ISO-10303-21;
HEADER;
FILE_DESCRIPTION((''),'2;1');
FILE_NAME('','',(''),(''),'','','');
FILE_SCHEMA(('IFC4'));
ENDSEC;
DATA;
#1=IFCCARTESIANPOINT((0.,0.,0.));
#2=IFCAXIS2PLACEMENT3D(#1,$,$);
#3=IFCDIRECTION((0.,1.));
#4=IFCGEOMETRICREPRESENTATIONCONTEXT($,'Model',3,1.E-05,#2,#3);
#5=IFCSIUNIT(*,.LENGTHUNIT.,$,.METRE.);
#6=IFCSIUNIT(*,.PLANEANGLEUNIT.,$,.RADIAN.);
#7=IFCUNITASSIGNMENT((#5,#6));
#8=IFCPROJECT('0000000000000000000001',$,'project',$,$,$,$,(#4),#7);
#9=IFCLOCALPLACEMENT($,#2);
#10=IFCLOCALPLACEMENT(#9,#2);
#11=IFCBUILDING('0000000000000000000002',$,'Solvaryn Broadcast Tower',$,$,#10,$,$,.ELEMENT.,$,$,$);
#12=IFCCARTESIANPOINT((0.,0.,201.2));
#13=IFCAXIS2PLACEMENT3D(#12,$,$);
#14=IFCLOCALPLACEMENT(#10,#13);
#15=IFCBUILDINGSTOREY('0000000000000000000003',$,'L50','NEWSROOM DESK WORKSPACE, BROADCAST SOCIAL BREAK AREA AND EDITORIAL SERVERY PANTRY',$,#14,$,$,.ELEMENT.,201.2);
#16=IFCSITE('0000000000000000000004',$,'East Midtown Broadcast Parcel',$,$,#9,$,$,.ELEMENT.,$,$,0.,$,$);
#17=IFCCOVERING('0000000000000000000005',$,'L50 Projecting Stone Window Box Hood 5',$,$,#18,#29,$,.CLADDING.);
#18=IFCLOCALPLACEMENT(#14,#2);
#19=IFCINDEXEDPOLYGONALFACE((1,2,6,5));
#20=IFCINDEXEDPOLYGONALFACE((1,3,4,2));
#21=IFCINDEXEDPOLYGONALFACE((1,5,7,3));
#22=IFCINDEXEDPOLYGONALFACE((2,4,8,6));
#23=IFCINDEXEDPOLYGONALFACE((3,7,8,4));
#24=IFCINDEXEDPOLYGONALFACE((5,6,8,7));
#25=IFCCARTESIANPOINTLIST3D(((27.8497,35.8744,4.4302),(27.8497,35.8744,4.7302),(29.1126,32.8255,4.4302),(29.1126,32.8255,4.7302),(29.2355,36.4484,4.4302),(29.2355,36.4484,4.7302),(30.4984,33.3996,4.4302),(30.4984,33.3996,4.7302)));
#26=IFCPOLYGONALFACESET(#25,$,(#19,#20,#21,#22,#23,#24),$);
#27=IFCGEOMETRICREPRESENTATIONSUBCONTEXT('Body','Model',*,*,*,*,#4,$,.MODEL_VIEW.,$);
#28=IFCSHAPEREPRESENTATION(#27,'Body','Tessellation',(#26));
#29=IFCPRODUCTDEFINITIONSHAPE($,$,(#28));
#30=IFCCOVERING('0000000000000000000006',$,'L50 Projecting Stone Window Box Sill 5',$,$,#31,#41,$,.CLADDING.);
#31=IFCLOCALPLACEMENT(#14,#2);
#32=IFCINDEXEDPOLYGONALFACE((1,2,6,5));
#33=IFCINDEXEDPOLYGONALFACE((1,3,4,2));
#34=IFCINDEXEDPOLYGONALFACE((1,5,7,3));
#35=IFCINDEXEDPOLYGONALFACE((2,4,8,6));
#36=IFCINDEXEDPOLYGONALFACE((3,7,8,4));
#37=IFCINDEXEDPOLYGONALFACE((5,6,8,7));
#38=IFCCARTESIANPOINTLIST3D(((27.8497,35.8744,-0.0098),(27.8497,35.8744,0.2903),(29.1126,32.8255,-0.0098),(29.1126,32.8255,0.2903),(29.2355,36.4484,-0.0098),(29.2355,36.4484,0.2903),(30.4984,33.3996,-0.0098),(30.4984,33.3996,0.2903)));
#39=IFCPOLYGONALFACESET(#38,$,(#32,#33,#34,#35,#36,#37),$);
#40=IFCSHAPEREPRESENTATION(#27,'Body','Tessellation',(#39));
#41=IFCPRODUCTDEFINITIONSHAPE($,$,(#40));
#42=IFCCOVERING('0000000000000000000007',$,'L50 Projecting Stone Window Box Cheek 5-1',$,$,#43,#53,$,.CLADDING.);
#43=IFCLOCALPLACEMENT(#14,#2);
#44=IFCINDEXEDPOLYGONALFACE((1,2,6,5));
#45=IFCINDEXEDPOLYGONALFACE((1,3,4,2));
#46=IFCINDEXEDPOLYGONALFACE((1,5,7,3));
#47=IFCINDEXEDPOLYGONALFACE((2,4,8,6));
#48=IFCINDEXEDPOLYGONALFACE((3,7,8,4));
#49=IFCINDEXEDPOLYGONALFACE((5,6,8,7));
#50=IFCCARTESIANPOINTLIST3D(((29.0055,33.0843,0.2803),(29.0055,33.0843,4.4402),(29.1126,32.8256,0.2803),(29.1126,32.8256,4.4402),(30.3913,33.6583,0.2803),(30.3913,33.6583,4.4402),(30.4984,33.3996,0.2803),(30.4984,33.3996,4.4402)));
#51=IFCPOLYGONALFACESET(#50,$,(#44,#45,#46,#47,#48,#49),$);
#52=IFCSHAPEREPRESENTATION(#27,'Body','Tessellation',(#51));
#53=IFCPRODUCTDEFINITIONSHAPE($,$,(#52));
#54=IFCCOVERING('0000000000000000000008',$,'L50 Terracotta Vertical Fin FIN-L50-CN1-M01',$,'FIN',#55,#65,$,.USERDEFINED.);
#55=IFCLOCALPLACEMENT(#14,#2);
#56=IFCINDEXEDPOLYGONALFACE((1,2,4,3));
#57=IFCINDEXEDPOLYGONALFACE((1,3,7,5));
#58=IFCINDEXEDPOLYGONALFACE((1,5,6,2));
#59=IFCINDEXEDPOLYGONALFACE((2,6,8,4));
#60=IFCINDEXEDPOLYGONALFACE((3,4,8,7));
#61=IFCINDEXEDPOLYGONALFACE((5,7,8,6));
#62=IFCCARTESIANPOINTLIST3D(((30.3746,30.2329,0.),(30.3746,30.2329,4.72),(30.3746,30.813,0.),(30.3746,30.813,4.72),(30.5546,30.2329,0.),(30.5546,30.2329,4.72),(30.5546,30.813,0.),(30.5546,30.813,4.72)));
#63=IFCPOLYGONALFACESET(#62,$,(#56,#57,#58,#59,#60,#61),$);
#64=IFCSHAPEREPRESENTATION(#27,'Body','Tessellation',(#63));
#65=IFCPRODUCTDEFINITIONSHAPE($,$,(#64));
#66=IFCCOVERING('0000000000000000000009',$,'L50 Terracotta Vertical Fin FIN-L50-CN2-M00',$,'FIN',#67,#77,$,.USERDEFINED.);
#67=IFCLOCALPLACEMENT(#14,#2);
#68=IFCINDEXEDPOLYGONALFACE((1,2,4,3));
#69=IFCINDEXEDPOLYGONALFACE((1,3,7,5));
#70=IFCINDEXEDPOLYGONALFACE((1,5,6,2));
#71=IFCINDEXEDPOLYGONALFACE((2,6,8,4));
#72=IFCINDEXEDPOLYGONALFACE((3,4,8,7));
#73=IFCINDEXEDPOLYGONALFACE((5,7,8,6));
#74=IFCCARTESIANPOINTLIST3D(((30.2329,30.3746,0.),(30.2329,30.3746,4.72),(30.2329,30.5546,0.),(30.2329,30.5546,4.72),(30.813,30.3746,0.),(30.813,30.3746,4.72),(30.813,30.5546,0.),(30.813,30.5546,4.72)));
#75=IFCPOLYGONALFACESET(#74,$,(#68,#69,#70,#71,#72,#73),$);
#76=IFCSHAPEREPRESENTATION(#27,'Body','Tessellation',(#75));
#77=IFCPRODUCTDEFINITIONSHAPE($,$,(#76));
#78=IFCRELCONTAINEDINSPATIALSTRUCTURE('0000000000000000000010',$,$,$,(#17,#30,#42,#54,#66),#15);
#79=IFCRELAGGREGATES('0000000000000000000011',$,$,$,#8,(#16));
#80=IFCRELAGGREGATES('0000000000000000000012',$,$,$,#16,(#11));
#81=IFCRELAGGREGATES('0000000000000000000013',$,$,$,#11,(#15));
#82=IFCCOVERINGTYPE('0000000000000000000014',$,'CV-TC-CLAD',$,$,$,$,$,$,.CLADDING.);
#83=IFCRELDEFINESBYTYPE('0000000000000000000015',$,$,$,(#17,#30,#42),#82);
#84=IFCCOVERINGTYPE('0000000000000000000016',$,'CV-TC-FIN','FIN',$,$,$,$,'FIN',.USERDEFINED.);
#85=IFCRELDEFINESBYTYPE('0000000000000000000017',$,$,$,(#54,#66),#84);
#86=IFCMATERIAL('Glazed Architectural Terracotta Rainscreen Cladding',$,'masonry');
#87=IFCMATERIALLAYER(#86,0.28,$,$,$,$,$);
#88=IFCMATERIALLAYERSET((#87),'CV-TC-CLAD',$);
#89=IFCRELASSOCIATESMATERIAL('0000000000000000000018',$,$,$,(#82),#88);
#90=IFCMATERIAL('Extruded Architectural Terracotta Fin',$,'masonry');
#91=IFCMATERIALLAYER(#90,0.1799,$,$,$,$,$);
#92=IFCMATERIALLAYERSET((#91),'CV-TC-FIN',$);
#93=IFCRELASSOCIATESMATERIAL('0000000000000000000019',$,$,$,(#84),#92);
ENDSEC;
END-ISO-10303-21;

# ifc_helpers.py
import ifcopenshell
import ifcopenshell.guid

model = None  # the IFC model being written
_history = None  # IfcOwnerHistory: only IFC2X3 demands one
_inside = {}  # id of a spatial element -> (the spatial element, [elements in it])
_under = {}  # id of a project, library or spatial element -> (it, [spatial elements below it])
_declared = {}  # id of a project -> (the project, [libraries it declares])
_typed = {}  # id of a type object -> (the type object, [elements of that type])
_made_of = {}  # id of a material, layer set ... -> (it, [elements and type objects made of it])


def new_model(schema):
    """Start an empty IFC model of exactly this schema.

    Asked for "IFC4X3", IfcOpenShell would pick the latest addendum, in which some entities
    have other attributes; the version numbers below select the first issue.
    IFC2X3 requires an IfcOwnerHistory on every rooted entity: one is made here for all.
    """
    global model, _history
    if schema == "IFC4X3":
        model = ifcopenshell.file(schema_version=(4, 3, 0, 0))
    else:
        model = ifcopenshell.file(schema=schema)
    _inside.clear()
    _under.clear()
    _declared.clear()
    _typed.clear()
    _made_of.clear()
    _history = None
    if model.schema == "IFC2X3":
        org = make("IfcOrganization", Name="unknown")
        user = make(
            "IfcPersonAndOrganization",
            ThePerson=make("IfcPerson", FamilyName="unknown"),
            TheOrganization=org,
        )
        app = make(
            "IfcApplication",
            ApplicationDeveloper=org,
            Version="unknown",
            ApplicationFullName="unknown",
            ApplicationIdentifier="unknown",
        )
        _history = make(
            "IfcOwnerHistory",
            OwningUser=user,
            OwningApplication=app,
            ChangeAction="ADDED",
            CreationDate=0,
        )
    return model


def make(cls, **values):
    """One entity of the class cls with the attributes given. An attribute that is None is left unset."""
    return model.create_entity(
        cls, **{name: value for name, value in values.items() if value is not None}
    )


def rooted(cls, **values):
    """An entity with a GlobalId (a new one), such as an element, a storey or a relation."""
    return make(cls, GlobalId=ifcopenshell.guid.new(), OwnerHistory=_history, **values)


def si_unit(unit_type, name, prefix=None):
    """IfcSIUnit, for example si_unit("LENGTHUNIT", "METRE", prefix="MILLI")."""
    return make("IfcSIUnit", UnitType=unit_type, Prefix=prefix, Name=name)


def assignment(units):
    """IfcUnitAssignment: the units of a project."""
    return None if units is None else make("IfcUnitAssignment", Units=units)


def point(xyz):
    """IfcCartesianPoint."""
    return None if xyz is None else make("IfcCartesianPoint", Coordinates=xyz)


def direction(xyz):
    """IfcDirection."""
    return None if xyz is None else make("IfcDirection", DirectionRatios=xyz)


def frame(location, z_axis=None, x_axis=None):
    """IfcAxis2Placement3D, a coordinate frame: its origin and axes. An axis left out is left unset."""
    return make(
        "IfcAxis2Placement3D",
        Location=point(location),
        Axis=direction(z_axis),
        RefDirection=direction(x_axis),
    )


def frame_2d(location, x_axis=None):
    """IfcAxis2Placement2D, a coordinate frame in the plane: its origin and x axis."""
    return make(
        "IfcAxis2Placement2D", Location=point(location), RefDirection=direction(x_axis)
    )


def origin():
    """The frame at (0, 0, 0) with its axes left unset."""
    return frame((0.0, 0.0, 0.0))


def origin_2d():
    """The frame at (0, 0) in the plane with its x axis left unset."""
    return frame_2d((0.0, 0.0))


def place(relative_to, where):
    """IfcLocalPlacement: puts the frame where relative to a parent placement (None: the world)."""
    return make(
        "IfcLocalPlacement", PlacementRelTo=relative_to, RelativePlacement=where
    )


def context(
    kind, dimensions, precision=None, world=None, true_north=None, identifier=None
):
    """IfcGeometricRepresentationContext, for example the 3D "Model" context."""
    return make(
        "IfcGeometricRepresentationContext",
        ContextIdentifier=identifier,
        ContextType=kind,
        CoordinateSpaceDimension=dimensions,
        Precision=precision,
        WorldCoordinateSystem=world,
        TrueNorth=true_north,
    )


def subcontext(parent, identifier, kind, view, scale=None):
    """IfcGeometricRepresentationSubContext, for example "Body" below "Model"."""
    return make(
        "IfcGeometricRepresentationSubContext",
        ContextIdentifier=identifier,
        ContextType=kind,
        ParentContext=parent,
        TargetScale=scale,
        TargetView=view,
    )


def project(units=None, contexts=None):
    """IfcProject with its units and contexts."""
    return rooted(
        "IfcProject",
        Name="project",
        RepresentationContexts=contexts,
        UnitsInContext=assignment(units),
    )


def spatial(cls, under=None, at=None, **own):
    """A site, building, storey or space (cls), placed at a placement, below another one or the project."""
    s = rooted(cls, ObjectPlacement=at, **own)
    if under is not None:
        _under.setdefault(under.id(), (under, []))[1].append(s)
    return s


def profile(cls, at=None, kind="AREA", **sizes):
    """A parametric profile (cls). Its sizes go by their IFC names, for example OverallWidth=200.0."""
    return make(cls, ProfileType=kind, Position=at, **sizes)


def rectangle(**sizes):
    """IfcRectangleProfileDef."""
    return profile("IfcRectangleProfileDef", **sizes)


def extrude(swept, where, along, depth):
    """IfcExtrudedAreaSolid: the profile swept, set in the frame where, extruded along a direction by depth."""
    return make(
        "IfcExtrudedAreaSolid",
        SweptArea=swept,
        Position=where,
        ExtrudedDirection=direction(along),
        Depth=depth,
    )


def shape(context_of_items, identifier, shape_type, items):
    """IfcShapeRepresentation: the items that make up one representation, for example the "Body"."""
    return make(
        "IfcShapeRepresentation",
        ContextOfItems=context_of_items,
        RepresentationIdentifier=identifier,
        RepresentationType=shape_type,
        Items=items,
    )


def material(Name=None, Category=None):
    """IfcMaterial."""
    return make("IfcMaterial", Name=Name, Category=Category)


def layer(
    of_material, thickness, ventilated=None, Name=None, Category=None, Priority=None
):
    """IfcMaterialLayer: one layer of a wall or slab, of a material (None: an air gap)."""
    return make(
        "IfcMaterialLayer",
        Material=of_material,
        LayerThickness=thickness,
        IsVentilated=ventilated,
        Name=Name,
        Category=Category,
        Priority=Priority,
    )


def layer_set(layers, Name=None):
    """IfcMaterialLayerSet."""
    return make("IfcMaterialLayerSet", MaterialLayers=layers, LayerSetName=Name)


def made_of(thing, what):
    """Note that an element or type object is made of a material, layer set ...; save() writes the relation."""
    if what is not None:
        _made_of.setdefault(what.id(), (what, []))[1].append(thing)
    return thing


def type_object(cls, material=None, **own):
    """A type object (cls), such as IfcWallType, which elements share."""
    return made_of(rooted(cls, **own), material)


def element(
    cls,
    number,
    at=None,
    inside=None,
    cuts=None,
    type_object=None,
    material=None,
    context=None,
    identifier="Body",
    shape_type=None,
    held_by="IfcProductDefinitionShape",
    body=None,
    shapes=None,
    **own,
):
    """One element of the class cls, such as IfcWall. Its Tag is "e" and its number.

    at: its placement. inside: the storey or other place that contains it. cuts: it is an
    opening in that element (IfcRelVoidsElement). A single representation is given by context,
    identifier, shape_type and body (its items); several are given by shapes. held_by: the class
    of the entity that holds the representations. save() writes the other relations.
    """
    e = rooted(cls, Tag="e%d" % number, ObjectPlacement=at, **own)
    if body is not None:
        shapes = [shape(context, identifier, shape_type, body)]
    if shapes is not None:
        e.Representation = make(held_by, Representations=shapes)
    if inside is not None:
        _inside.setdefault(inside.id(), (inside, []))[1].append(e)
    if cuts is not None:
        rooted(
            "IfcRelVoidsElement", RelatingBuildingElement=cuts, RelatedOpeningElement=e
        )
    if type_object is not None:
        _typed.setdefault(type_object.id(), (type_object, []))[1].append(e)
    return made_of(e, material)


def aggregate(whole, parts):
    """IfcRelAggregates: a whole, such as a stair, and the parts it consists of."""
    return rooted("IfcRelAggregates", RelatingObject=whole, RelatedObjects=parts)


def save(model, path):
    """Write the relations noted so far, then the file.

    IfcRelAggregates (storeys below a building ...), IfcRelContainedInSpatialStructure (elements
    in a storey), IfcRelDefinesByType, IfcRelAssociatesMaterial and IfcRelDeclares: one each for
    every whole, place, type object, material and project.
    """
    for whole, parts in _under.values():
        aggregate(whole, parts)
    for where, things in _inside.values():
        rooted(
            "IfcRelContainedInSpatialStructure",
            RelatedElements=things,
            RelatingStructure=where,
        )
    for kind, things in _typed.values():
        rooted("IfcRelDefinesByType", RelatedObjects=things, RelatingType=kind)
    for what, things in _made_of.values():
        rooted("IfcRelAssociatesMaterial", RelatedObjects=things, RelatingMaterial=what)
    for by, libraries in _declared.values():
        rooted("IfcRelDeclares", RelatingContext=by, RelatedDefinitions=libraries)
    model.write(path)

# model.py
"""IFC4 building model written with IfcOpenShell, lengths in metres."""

from ifc_helpers import new_model, si_unit, direction, frame, origin, origin_2d, place, context, subcontext, project, spatial, rectangle, extrude, material, layer, layer_set, type_object, element, save


model = new_model("IFC4")

# Units and contexts
model_context = context("Model", 3, precision=1e-05, world=origin(), true_north=direction((0.0, 1.0)))
body_context = subcontext(model_context, "Body", "Model", "MODEL_VIEW")
ifc_project = project(units=[si_unit("LENGTHUNIT", "METRE"), si_unit("PLANEANGLEUNIT", "RADIAN")], contexts=[model_context])

# Site, building, storey
site_placement = place(None, origin())
site = spatial("IfcSite", under=ifc_project, at=site_placement, Name="East Midtown Broadcast Parcel", CompositionType="ELEMENT", RefElevation=0.0)
building_placement = place(site_placement, origin())
building = spatial("IfcBuilding", under=site, at=building_placement, Name="Solvaryn Broadcast Tower", CompositionType="ELEMENT")
storey_placement = place(building_placement, frame((0.0, 0.0, 201.2)))
storey = spatial("IfcBuildingStorey", under=building, at=storey_placement, Name="L50", Description="NEWSROOM DESK WORKSPACE, BROADCAST SOCIAL BREAK AREA AND EDITORIAL SERVERY PANTRY", CompositionType="ELEMENT", Elevation=201.2)

# Coverings
ifc_material_1 = material(Name="Glazed Architectural Terracotta Rainscreen Cladding", Category="masonry")
ifc_layer_1 = layer(ifc_material_1, 0.28)
ifc_layer_set_1 = layer_set([ifc_layer_1], Name="CV-TC-CLAD")
covering_type_1 = type_object("IfcCoveringType", Name="CV-TC-CLAD", PredefinedType="CLADDING", material=ifc_layer_set_1)
for number, where, z_axis, x_axis, name in (
    (1, (29.1741, 34.637, 4.4302), (0.0, 0.0, 1.0), (-0.382683, 0.92388, 0.0), "L50 Projecting Stone Window Box Hood 5"),
    (2, (29.1741, 34.637, -0.0098), (0.0, 0.0, 1.0), (-0.382683, 0.92388, 0.0), "L50 Projecting Stone Window Box Sill 5"),
):
    element("IfcCovering", number, at=place(storey_placement, frame(where, z_axis=z_axis, x_axis=x_axis)), inside=storey, type_object=covering_type_1, Name=name, PredefinedType="CLADDING", context=body_context, shape_type="SweptSolid", body=[
        extrude(rectangle(XDim=3.3, YDim=1.5, at=origin_2d()), origin(), (0.0, 0.0, 1.0), 0.3),
    ])
covering_1_placement = place(storey_placement, frame((29.752, 33.2419, 0.2803), z_axis=(0.0, 0.0, 1.0), x_axis=(-0.382683, 0.92388, 0.0)))
element("IfcCovering", 3, at=covering_1_placement, inside=storey, type_object=covering_type_1, Name="L50 Projecting Stone Window Box Cheek 5-1", PredefinedType="CLADDING", context=body_context, shape_type="SweptSolid", body=[
    extrude(rectangle(XDim=0.28, YDim=1.5, at=origin_2d()), origin(), (0.0, 0.0, 1.0), 4.1599),
])
ifc_material_2 = material(Name="Extruded Architectural Terracotta Fin", Category="masonry")
ifc_layer_2 = layer(ifc_material_2, 0.1799)
ifc_layer_set_2 = layer_set([ifc_layer_2], Name="CV-TC-FIN")
covering_type_2 = type_object("IfcCoveringType", Name="CV-TC-FIN", Description="FIN", ElementType="FIN", PredefinedType="USERDEFINED", material=ifc_layer_set_2)
covering_2_placement = place(storey_placement, frame((30.4646, 30.5229, 0.0), z_axis=(0.0, 0.0, 1.0), x_axis=(1.0, 0.0, 0.0)))
element("IfcCovering", 4, at=covering_2_placement, inside=storey, type_object=covering_type_2, Name="L50 Terracotta Vertical Fin FIN-L50-CN1-M01", ObjectType="FIN", PredefinedType="USERDEFINED", context=body_context, shape_type="SweptSolid", body=[
    extrude(rectangle(XDim=0.1799, YDim=0.5801, at=origin_2d()), origin(), (0.0, 0.0, 1.0), 4.72),
])
covering_3_placement = place(storey_placement, frame((30.5229, 30.4646, 0.0), z_axis=(0.0, 0.0, 1.0), x_axis=(1.0, 0.0, 0.0)))
element("IfcCovering", 5, at=covering_3_placement, inside=storey, type_object=covering_type_2, Name="L50 Terracotta Vertical Fin FIN-L50-CN2-M00", ObjectType="FIN", PredefinedType="USERDEFINED", context=body_context, shape_type="SweptSolid", body=[
    extrude(rectangle(XDim=0.5801, YDim=0.1799, at=origin_2d()), origin(), (0.0, 0.0, 1.0), 4.72),
])

save(model, "model.ifc")
